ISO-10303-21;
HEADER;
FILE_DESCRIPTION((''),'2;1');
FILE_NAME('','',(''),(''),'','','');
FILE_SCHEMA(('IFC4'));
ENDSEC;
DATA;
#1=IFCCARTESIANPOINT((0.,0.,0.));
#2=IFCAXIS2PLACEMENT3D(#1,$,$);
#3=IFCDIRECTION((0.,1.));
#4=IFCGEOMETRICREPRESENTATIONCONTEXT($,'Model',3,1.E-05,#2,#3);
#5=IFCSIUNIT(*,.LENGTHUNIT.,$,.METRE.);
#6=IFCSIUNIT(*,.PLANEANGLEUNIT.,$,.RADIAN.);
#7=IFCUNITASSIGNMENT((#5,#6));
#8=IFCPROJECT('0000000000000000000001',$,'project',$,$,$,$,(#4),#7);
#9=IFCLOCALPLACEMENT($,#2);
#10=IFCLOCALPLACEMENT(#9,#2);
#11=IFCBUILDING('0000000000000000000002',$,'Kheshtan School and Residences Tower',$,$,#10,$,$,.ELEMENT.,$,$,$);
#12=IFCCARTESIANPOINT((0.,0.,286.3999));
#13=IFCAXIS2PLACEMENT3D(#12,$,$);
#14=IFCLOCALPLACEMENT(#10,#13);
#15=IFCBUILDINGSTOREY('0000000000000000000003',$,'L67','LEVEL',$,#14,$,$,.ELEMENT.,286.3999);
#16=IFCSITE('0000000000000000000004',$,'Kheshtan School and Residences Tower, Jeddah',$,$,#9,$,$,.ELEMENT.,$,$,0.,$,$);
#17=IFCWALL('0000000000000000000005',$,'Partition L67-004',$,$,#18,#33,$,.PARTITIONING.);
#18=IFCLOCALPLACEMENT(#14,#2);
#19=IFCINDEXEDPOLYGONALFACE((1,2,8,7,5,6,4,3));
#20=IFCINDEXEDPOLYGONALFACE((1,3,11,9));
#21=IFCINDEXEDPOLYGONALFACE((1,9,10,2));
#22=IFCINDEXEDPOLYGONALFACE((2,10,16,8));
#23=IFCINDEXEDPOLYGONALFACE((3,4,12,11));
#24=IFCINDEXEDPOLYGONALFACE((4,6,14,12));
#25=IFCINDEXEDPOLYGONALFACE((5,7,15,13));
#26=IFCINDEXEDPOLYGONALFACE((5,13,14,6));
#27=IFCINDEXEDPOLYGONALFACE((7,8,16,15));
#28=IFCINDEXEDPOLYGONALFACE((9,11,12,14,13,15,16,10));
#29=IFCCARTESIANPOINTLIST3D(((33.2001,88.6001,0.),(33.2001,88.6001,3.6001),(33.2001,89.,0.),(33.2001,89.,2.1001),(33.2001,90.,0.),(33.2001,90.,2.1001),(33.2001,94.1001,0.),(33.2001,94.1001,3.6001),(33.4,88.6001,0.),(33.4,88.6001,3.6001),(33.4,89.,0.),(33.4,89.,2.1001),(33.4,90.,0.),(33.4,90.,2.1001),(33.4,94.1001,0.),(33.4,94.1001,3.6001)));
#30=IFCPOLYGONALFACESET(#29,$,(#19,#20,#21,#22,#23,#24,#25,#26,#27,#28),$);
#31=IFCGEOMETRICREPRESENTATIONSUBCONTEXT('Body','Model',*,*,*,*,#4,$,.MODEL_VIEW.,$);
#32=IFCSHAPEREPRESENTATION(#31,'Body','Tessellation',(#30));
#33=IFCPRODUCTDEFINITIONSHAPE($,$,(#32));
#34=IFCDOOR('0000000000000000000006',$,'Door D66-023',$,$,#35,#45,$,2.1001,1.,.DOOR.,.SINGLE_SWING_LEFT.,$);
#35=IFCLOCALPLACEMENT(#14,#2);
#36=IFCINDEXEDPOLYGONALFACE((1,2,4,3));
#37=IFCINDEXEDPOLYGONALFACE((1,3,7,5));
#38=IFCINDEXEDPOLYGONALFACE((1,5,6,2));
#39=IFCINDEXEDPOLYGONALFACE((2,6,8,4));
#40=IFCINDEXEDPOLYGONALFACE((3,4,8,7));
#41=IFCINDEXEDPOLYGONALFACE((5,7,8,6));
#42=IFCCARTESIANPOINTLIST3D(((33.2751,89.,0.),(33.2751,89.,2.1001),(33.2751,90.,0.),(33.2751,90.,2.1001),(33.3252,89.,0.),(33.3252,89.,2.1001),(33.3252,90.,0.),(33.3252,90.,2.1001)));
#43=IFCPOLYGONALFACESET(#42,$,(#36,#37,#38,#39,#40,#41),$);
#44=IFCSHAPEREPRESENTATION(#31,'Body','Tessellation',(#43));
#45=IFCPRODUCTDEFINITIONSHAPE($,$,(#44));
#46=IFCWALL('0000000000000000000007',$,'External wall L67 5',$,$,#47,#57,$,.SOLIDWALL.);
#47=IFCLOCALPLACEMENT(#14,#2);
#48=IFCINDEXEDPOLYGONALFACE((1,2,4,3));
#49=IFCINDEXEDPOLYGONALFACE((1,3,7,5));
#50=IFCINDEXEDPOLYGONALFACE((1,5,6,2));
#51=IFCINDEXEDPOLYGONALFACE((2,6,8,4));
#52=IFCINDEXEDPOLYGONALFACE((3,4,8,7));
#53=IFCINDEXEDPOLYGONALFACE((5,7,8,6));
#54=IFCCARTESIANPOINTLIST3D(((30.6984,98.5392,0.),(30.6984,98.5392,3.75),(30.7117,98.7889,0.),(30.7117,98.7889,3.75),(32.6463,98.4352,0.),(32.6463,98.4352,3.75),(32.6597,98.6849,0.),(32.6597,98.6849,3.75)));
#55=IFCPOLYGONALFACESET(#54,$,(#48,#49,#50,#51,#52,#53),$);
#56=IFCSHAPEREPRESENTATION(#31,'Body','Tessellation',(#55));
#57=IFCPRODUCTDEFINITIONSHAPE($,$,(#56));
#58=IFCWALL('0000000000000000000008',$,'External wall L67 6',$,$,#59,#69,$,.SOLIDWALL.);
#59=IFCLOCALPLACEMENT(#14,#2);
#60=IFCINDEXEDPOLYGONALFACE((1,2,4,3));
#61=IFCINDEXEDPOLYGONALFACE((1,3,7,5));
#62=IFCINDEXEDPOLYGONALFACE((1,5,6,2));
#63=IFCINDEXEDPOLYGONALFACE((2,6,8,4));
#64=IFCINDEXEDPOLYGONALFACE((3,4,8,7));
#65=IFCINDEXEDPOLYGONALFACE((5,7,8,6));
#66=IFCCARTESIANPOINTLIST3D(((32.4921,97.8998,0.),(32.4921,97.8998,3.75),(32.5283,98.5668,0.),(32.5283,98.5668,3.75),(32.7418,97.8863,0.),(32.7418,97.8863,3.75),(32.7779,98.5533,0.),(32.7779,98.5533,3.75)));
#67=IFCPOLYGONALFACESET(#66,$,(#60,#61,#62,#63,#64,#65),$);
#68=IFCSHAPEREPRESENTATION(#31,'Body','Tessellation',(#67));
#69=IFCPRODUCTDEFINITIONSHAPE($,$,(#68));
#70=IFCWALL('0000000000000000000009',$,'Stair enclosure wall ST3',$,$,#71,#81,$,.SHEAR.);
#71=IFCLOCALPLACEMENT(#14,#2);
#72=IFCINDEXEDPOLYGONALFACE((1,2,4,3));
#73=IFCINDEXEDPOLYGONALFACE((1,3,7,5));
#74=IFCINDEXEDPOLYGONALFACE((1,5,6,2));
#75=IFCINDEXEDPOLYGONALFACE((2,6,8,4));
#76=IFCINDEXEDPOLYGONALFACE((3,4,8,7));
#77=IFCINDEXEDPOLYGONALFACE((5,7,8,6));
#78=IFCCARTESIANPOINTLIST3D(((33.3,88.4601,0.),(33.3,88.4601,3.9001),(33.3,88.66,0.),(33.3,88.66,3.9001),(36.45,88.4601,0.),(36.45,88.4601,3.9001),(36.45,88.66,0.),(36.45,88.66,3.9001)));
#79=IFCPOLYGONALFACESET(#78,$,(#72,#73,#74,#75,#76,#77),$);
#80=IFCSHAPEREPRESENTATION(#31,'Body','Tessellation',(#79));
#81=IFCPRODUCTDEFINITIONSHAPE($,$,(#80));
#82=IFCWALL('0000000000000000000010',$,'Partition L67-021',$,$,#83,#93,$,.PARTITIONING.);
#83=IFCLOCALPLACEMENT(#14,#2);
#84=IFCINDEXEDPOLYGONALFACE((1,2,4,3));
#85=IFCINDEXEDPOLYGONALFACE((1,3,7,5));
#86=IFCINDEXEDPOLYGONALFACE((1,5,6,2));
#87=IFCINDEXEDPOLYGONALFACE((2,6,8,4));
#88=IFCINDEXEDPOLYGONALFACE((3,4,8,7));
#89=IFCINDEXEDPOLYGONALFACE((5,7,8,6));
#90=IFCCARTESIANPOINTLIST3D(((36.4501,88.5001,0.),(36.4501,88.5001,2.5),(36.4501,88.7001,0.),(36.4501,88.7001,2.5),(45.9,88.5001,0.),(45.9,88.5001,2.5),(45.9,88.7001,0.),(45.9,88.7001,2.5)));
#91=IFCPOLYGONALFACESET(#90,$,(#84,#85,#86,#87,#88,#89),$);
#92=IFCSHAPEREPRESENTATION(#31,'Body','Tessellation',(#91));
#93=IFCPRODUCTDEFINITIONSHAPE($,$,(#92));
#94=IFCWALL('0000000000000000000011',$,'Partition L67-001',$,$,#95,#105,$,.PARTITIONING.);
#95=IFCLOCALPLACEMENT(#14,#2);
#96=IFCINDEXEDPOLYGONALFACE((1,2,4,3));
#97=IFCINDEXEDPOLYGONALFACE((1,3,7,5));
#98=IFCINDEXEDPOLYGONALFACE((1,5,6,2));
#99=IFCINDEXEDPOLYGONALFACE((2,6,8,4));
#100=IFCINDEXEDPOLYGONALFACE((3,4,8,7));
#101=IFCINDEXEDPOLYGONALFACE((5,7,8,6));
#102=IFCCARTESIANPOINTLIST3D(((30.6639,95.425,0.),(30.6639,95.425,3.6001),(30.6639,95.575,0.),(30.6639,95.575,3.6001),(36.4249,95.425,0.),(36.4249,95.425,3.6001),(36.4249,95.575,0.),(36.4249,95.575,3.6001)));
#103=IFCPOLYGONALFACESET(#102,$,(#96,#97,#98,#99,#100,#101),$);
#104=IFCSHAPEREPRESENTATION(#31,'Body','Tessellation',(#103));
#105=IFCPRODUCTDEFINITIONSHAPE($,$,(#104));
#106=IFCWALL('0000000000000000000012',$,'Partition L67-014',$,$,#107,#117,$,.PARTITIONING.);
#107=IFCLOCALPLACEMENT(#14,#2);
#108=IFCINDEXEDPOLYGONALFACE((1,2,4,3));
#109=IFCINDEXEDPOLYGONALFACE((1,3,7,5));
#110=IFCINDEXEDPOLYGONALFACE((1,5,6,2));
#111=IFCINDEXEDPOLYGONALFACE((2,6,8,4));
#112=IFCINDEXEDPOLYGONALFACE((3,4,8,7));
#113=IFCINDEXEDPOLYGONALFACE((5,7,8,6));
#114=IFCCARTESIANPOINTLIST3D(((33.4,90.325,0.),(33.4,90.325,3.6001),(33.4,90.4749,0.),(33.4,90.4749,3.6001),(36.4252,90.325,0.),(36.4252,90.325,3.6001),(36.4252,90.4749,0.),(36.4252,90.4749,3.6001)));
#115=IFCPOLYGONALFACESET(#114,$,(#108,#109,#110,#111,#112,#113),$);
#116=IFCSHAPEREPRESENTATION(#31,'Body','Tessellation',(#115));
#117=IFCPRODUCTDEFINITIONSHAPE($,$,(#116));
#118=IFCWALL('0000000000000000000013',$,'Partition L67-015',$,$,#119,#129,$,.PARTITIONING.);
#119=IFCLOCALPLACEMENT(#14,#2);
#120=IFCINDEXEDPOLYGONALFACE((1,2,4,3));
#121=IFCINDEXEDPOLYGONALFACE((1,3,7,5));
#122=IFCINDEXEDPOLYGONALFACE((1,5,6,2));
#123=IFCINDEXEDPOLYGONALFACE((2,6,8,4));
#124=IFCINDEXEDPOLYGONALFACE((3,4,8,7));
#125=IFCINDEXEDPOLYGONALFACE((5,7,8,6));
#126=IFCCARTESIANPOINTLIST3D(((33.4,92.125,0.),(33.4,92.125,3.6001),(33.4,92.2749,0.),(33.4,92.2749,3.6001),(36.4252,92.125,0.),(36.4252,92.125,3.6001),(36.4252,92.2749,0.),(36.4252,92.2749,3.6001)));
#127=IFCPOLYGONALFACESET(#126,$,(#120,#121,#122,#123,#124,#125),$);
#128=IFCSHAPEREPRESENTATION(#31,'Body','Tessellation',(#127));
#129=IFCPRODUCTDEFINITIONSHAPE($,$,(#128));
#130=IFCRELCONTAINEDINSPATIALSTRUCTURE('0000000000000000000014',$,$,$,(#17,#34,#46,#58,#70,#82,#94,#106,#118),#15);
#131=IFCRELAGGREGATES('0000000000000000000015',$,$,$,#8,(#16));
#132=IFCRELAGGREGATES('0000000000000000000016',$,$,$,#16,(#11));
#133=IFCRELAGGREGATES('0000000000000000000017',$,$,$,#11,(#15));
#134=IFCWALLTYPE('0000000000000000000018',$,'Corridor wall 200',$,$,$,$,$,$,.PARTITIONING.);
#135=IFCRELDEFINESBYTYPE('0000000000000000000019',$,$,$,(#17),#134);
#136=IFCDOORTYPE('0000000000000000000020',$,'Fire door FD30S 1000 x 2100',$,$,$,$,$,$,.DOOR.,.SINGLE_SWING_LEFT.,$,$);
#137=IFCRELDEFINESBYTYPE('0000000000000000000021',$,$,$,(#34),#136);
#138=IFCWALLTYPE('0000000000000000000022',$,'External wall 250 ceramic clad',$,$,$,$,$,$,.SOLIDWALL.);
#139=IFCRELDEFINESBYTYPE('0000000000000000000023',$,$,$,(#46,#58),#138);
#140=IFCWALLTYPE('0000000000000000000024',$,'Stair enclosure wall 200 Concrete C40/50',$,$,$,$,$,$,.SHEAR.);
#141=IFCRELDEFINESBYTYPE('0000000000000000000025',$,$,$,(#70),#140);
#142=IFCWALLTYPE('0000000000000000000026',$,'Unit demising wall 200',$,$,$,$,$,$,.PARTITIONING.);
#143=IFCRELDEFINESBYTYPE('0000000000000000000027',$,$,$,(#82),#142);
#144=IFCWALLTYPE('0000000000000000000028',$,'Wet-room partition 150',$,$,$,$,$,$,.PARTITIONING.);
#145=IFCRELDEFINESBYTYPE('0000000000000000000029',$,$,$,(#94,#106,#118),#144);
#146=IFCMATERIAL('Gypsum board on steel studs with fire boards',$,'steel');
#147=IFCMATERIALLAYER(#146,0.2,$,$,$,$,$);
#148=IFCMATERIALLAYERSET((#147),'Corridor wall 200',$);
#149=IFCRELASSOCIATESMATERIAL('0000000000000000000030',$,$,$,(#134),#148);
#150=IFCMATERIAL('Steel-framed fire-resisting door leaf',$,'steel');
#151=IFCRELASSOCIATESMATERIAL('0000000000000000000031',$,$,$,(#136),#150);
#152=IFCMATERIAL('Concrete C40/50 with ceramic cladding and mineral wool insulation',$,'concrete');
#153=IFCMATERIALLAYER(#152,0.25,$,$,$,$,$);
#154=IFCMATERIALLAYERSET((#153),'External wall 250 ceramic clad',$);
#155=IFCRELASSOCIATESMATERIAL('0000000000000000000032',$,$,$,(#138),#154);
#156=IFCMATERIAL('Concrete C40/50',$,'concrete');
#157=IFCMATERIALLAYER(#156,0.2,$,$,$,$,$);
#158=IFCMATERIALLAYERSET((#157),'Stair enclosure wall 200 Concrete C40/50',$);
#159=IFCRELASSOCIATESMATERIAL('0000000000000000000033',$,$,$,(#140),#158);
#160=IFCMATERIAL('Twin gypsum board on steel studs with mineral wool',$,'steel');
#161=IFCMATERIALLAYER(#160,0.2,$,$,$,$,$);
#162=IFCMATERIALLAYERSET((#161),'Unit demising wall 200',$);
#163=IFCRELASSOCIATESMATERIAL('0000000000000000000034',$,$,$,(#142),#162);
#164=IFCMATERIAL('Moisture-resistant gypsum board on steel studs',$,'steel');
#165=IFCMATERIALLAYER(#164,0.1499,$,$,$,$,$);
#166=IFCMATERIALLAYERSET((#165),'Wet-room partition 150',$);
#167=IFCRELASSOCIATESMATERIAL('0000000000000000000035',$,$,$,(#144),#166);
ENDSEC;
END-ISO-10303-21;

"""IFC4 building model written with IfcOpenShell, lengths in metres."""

from ifc_helpers import new_model, si_unit, direction, frame, frame_2d, origin, place, context, subcontext, project, spatial, rectangle, extrude, source, transform, mapped, material, layer, layer_set, type_object, element, fill, save


model = new_model("IFC4")

# Units and contexts
model_context = context("Model", 3, precision=1e-05, world=origin(), true_north=direction((0.0, 1.0)))
body_context = subcontext(model_context, "Body", "Model", "MODEL_VIEW")
ifc_project = project(units=[si_unit("LENGTHUNIT", "METRE"), si_unit("PLANEANGLEUNIT", "RADIAN")], contexts=[model_context])

# Site, building, storey
site_placement = place(None, origin())
site = spatial("IfcSite", under=ifc_project, at=site_placement, Name="Kheshtan School and Residences Tower, Jeddah", CompositionType="ELEMENT", RefElevation=0.0)
building_placement = place(site_placement, origin())
building = spatial("IfcBuilding", under=site, at=building_placement, Name="Kheshtan School and Residences Tower", CompositionType="ELEMENT")
storey_placement = place(building_placement, frame((0.0, 0.0, 286.3999)))
storey = spatial("IfcBuildingStorey", under=building, at=storey_placement, Name="L67", Description="LEVEL", CompositionType="ELEMENT", Elevation=286.3999)

# Shared definitions
ifc_material_1 = material(Name="Gypsum board on steel studs with fire boards", Category="steel")
ifc_layer_1 = layer(ifc_material_1, 0.2)
ifc_layer_set_1 = layer_set([ifc_layer_1], Name="Corridor wall 200")
wall_type_1 = type_object("IfcWallType", Name="Corridor wall 200", PredefinedType="PARTITIONING", material=ifc_layer_set_1)

# Wall, opening, door
wall_1_placement = place(storey_placement, frame((33.3, 88.6001, 0.0), z_axis=(0.0, 0.0, 1.0), x_axis=(0.0, 1.0, 0.0)))
wall_1 = element("IfcWall", 1, at=wall_1_placement, inside=storey, type_object=wall_type_1, Name="Partition L67-004", PredefinedType="PARTITIONING", context=body_context, shape_type="SweptSolid", body=[
    extrude(rectangle(XDim=5.5, YDim=0.2, at=frame_2d((2.75, 0.0))), origin(), (0.0, 0.0, 1.0), 3.6001),
])
opening_1_placement = place(wall_1_placement, frame((0.3999, 0.0, 0.0)))
opening_1 = element("IfcOpeningElement", 2, at=opening_1_placement, cuts=wall_1, PredefinedType="OPENING", context=body_context, shape_type="SweptSolid", body=[
    extrude(rectangle(XDim=1.0, YDim=2.1001, at=frame_2d((0.5, 1.05))), frame((0.0, 0.1099, 0.0), z_axis=(0.0, -1.0, 0.0), x_axis=(1.0, 0.0, 0.0)), (0.0, 0.0, 1.0), 0.22),
])
ifc_material_2 = material(Name="Steel-framed fire-resisting door leaf", Category="steel")
door_type_1 = type_object("IfcDoorType", Name="Fire door FD30S 1000 x 2100", OperationType="SINGLE_SWING_LEFT", PredefinedType="DOOR", material=ifc_material_2)
shared_shape_1 = source(origin(), body_context, "Body", "SweptSolid", [
    extrude(rectangle(XDim=1.0, YDim=2.1001, at=frame_2d((0.5, 1.05))), frame((0.0, 0.0249, 0.0), z_axis=(0.0, -1.0, 0.0), x_axis=(1.0, 0.0, 0.0)), (0.0, 0.0, 1.0), 0.05),
])
door_1_placement = place(opening_1_placement, origin())
door_1 = element("IfcDoor", 3, at=door_1_placement, inside=storey, type_object=door_type_1, Name="Door D66-023", OperationType="SINGLE_SWING_LEFT", OverallHeight=2.1001, OverallWidth=1.0, PredefinedType="DOOR", context=body_context, shape_type="MappedRepresentation", body=[
    mapped(shared_shape_1, transform((0.0, 0.0, 0.0), x_axis=(1.0, 0.0, 0.0), y_axis=(0.0, 1.0, 0.0), z_axis=(0.0, 0.0, 1.0), scale=1.0)),
])
fill(opening_1, door_1)

# Walls
ifc_material_3 = material(Name="Concrete C40/50 with ceramic cladding and mineral wool insulation", Category="concrete")
ifc_layer_2 = layer(ifc_material_3, 0.25)
ifc_layer_set_2 = layer_set([ifc_layer_2], Name="External wall 250 ceramic clad")
wall_type_2 = type_object("IfcWallType", Name="External wall 250 ceramic clad", PredefinedType="SOLIDWALL", material=ifc_layer_set_2)
wall_2_placement = place(storey_placement, frame((30.7051, 98.6641, 0.0), z_axis=(0.0, 0.0, 1.0), x_axis=(0.998578, -0.053314, 0.0)))
element("IfcWall", 4, at=wall_2_placement, inside=storey, type_object=wall_type_2, Name="External wall L67 5", PredefinedType="SOLIDWALL", context=body_context, shape_type="SweptSolid", body=[
    extrude(rectangle(XDim=1.9507, YDim=0.25, at=frame_2d((0.9753, 0.0))), origin(), (0.0, 0.0, 1.0), 3.75),
])
wall_3_placement = place(storey_placement, frame((32.6531, 98.5601, 0.0), z_axis=(0.0, 0.0, 1.0), x_axis=(-0.054093, -0.998536, 0.0)))
element("IfcWall", 5, at=wall_3_placement, inside=storey, type_object=wall_type_2, Name="External wall L67 6", PredefinedType="SOLIDWALL", context=body_context, shape_type="SweptSolid", body=[
    extrude(rectangle(XDim=0.668, YDim=0.25, at=frame_2d((0.334, 0.0))), origin(), (0.0, 0.0, 1.0), 3.75),
])
ifc_material_4 = material(Name="Concrete C40/50", Category="concrete")
ifc_layer_3 = layer(ifc_material_4, 0.2)
ifc_layer_set_3 = layer_set([ifc_layer_3], Name="Stair enclosure wall 200 Concrete C40/50")
wall_type_3 = type_object("IfcWallType", Name="Stair enclosure wall 200 Concrete C40/50", PredefinedType="SHEAR", material=ifc_layer_set_3)
wall_4_placement = place(storey_placement, frame((33.3, 88.5601, 0.0), z_axis=(0.0, 0.0, 1.0), x_axis=(1.0, 0.0, 0.0)))
element("IfcWall", 6, at=wall_4_placement, inside=storey, type_object=wall_type_3, Name="Stair enclosure wall ST3", PredefinedType="SHEAR", context=body_context, shape_type="SweptSolid", body=[
    extrude(rectangle(XDim=3.1499, YDim=0.2, at=frame_2d((1.575, 0.0))), origin(), (0.0, 0.0, 1.0), 3.9001),
])
ifc_material_5 = material(Name="Twin gypsum board on steel studs with mineral wool", Category="steel")
ifc_layer_4 = layer(ifc_material_5, 0.2)
ifc_layer_set_4 = layer_set([ifc_layer_4], Name="Unit demising wall 200")
wall_type_4 = type_object("IfcWallType", Name="Unit demising wall 200", PredefinedType="PARTITIONING", material=ifc_layer_set_4)
wall_5_placement = place(storey_placement, frame((36.45, 88.6001, 0.0), z_axis=(0.0, 0.0, 1.0), x_axis=(1.0, 0.0, 0.0)))
element("IfcWall", 7, at=wall_5_placement, inside=storey, type_object=wall_type_4, Name="Partition L67-021", PredefinedType="PARTITIONING", context=body_context, shape_type="SweptSolid", body=[
    extrude(rectangle(XDim=9.45, YDim=0.2, at=frame_2d((4.7251, 0.0))), origin(), (0.0, 0.0, 1.0), 2.5),
])
ifc_material_6 = material(Name="Moisture-resistant gypsum board on steel studs", Category="steel")
ifc_layer_5 = layer(ifc_material_6, 0.1499)
ifc_layer_set_5 = layer_set([ifc_layer_5], Name="Wet-room partition 150")
wall_type_5 = type_object("IfcWallType", Name="Wet-room partition 150", PredefinedType="PARTITIONING", material=ifc_layer_set_5)
wall_6_placement = place(storey_placement, frame((30.6641, 95.5, 0.0), z_axis=(0.0, 0.0, 1.0), x_axis=(1.0, 0.0, 0.0)))
element("IfcWall", 8, at=wall_6_placement, inside=storey, type_object=wall_type_5, Name="Partition L67-001", PredefinedType="PARTITIONING", context=body_context, shape_type="SweptSolid", body=[
    extrude(rectangle(XDim=5.761, YDim=0.1499, at=frame_2d((2.8804, 0.0))), origin(), (0.0, 0.0, 1.0), 3.6001),
])
for number, where, z_axis, x_axis, name in (
    (9, (33.3999, 90.3999, 0.0), (0.0, 0.0, 1.0), (1.0, 0.0, 0.0), "Partition L67-014"),
    (10, (33.3999, 92.2, 0.0), (0.0, 0.0, 1.0), (1.0, 0.0, 0.0), "Partition L67-015"),
):
    element("IfcWall", number, at=place(storey_placement, frame(where, z_axis=z_axis, x_axis=x_axis)), inside=storey, type_object=wall_type_5, Name=name, PredefinedType="PARTITIONING", context=body_context, shape_type="SweptSolid", body=[
        extrude(rectangle(XDim=3.0251, YDim=0.1499, at=frame_2d((1.5127, 0.0))), origin(), (0.0, 0.0, 1.0), 3.6001),
    ])

save(model, "model.ifc")
